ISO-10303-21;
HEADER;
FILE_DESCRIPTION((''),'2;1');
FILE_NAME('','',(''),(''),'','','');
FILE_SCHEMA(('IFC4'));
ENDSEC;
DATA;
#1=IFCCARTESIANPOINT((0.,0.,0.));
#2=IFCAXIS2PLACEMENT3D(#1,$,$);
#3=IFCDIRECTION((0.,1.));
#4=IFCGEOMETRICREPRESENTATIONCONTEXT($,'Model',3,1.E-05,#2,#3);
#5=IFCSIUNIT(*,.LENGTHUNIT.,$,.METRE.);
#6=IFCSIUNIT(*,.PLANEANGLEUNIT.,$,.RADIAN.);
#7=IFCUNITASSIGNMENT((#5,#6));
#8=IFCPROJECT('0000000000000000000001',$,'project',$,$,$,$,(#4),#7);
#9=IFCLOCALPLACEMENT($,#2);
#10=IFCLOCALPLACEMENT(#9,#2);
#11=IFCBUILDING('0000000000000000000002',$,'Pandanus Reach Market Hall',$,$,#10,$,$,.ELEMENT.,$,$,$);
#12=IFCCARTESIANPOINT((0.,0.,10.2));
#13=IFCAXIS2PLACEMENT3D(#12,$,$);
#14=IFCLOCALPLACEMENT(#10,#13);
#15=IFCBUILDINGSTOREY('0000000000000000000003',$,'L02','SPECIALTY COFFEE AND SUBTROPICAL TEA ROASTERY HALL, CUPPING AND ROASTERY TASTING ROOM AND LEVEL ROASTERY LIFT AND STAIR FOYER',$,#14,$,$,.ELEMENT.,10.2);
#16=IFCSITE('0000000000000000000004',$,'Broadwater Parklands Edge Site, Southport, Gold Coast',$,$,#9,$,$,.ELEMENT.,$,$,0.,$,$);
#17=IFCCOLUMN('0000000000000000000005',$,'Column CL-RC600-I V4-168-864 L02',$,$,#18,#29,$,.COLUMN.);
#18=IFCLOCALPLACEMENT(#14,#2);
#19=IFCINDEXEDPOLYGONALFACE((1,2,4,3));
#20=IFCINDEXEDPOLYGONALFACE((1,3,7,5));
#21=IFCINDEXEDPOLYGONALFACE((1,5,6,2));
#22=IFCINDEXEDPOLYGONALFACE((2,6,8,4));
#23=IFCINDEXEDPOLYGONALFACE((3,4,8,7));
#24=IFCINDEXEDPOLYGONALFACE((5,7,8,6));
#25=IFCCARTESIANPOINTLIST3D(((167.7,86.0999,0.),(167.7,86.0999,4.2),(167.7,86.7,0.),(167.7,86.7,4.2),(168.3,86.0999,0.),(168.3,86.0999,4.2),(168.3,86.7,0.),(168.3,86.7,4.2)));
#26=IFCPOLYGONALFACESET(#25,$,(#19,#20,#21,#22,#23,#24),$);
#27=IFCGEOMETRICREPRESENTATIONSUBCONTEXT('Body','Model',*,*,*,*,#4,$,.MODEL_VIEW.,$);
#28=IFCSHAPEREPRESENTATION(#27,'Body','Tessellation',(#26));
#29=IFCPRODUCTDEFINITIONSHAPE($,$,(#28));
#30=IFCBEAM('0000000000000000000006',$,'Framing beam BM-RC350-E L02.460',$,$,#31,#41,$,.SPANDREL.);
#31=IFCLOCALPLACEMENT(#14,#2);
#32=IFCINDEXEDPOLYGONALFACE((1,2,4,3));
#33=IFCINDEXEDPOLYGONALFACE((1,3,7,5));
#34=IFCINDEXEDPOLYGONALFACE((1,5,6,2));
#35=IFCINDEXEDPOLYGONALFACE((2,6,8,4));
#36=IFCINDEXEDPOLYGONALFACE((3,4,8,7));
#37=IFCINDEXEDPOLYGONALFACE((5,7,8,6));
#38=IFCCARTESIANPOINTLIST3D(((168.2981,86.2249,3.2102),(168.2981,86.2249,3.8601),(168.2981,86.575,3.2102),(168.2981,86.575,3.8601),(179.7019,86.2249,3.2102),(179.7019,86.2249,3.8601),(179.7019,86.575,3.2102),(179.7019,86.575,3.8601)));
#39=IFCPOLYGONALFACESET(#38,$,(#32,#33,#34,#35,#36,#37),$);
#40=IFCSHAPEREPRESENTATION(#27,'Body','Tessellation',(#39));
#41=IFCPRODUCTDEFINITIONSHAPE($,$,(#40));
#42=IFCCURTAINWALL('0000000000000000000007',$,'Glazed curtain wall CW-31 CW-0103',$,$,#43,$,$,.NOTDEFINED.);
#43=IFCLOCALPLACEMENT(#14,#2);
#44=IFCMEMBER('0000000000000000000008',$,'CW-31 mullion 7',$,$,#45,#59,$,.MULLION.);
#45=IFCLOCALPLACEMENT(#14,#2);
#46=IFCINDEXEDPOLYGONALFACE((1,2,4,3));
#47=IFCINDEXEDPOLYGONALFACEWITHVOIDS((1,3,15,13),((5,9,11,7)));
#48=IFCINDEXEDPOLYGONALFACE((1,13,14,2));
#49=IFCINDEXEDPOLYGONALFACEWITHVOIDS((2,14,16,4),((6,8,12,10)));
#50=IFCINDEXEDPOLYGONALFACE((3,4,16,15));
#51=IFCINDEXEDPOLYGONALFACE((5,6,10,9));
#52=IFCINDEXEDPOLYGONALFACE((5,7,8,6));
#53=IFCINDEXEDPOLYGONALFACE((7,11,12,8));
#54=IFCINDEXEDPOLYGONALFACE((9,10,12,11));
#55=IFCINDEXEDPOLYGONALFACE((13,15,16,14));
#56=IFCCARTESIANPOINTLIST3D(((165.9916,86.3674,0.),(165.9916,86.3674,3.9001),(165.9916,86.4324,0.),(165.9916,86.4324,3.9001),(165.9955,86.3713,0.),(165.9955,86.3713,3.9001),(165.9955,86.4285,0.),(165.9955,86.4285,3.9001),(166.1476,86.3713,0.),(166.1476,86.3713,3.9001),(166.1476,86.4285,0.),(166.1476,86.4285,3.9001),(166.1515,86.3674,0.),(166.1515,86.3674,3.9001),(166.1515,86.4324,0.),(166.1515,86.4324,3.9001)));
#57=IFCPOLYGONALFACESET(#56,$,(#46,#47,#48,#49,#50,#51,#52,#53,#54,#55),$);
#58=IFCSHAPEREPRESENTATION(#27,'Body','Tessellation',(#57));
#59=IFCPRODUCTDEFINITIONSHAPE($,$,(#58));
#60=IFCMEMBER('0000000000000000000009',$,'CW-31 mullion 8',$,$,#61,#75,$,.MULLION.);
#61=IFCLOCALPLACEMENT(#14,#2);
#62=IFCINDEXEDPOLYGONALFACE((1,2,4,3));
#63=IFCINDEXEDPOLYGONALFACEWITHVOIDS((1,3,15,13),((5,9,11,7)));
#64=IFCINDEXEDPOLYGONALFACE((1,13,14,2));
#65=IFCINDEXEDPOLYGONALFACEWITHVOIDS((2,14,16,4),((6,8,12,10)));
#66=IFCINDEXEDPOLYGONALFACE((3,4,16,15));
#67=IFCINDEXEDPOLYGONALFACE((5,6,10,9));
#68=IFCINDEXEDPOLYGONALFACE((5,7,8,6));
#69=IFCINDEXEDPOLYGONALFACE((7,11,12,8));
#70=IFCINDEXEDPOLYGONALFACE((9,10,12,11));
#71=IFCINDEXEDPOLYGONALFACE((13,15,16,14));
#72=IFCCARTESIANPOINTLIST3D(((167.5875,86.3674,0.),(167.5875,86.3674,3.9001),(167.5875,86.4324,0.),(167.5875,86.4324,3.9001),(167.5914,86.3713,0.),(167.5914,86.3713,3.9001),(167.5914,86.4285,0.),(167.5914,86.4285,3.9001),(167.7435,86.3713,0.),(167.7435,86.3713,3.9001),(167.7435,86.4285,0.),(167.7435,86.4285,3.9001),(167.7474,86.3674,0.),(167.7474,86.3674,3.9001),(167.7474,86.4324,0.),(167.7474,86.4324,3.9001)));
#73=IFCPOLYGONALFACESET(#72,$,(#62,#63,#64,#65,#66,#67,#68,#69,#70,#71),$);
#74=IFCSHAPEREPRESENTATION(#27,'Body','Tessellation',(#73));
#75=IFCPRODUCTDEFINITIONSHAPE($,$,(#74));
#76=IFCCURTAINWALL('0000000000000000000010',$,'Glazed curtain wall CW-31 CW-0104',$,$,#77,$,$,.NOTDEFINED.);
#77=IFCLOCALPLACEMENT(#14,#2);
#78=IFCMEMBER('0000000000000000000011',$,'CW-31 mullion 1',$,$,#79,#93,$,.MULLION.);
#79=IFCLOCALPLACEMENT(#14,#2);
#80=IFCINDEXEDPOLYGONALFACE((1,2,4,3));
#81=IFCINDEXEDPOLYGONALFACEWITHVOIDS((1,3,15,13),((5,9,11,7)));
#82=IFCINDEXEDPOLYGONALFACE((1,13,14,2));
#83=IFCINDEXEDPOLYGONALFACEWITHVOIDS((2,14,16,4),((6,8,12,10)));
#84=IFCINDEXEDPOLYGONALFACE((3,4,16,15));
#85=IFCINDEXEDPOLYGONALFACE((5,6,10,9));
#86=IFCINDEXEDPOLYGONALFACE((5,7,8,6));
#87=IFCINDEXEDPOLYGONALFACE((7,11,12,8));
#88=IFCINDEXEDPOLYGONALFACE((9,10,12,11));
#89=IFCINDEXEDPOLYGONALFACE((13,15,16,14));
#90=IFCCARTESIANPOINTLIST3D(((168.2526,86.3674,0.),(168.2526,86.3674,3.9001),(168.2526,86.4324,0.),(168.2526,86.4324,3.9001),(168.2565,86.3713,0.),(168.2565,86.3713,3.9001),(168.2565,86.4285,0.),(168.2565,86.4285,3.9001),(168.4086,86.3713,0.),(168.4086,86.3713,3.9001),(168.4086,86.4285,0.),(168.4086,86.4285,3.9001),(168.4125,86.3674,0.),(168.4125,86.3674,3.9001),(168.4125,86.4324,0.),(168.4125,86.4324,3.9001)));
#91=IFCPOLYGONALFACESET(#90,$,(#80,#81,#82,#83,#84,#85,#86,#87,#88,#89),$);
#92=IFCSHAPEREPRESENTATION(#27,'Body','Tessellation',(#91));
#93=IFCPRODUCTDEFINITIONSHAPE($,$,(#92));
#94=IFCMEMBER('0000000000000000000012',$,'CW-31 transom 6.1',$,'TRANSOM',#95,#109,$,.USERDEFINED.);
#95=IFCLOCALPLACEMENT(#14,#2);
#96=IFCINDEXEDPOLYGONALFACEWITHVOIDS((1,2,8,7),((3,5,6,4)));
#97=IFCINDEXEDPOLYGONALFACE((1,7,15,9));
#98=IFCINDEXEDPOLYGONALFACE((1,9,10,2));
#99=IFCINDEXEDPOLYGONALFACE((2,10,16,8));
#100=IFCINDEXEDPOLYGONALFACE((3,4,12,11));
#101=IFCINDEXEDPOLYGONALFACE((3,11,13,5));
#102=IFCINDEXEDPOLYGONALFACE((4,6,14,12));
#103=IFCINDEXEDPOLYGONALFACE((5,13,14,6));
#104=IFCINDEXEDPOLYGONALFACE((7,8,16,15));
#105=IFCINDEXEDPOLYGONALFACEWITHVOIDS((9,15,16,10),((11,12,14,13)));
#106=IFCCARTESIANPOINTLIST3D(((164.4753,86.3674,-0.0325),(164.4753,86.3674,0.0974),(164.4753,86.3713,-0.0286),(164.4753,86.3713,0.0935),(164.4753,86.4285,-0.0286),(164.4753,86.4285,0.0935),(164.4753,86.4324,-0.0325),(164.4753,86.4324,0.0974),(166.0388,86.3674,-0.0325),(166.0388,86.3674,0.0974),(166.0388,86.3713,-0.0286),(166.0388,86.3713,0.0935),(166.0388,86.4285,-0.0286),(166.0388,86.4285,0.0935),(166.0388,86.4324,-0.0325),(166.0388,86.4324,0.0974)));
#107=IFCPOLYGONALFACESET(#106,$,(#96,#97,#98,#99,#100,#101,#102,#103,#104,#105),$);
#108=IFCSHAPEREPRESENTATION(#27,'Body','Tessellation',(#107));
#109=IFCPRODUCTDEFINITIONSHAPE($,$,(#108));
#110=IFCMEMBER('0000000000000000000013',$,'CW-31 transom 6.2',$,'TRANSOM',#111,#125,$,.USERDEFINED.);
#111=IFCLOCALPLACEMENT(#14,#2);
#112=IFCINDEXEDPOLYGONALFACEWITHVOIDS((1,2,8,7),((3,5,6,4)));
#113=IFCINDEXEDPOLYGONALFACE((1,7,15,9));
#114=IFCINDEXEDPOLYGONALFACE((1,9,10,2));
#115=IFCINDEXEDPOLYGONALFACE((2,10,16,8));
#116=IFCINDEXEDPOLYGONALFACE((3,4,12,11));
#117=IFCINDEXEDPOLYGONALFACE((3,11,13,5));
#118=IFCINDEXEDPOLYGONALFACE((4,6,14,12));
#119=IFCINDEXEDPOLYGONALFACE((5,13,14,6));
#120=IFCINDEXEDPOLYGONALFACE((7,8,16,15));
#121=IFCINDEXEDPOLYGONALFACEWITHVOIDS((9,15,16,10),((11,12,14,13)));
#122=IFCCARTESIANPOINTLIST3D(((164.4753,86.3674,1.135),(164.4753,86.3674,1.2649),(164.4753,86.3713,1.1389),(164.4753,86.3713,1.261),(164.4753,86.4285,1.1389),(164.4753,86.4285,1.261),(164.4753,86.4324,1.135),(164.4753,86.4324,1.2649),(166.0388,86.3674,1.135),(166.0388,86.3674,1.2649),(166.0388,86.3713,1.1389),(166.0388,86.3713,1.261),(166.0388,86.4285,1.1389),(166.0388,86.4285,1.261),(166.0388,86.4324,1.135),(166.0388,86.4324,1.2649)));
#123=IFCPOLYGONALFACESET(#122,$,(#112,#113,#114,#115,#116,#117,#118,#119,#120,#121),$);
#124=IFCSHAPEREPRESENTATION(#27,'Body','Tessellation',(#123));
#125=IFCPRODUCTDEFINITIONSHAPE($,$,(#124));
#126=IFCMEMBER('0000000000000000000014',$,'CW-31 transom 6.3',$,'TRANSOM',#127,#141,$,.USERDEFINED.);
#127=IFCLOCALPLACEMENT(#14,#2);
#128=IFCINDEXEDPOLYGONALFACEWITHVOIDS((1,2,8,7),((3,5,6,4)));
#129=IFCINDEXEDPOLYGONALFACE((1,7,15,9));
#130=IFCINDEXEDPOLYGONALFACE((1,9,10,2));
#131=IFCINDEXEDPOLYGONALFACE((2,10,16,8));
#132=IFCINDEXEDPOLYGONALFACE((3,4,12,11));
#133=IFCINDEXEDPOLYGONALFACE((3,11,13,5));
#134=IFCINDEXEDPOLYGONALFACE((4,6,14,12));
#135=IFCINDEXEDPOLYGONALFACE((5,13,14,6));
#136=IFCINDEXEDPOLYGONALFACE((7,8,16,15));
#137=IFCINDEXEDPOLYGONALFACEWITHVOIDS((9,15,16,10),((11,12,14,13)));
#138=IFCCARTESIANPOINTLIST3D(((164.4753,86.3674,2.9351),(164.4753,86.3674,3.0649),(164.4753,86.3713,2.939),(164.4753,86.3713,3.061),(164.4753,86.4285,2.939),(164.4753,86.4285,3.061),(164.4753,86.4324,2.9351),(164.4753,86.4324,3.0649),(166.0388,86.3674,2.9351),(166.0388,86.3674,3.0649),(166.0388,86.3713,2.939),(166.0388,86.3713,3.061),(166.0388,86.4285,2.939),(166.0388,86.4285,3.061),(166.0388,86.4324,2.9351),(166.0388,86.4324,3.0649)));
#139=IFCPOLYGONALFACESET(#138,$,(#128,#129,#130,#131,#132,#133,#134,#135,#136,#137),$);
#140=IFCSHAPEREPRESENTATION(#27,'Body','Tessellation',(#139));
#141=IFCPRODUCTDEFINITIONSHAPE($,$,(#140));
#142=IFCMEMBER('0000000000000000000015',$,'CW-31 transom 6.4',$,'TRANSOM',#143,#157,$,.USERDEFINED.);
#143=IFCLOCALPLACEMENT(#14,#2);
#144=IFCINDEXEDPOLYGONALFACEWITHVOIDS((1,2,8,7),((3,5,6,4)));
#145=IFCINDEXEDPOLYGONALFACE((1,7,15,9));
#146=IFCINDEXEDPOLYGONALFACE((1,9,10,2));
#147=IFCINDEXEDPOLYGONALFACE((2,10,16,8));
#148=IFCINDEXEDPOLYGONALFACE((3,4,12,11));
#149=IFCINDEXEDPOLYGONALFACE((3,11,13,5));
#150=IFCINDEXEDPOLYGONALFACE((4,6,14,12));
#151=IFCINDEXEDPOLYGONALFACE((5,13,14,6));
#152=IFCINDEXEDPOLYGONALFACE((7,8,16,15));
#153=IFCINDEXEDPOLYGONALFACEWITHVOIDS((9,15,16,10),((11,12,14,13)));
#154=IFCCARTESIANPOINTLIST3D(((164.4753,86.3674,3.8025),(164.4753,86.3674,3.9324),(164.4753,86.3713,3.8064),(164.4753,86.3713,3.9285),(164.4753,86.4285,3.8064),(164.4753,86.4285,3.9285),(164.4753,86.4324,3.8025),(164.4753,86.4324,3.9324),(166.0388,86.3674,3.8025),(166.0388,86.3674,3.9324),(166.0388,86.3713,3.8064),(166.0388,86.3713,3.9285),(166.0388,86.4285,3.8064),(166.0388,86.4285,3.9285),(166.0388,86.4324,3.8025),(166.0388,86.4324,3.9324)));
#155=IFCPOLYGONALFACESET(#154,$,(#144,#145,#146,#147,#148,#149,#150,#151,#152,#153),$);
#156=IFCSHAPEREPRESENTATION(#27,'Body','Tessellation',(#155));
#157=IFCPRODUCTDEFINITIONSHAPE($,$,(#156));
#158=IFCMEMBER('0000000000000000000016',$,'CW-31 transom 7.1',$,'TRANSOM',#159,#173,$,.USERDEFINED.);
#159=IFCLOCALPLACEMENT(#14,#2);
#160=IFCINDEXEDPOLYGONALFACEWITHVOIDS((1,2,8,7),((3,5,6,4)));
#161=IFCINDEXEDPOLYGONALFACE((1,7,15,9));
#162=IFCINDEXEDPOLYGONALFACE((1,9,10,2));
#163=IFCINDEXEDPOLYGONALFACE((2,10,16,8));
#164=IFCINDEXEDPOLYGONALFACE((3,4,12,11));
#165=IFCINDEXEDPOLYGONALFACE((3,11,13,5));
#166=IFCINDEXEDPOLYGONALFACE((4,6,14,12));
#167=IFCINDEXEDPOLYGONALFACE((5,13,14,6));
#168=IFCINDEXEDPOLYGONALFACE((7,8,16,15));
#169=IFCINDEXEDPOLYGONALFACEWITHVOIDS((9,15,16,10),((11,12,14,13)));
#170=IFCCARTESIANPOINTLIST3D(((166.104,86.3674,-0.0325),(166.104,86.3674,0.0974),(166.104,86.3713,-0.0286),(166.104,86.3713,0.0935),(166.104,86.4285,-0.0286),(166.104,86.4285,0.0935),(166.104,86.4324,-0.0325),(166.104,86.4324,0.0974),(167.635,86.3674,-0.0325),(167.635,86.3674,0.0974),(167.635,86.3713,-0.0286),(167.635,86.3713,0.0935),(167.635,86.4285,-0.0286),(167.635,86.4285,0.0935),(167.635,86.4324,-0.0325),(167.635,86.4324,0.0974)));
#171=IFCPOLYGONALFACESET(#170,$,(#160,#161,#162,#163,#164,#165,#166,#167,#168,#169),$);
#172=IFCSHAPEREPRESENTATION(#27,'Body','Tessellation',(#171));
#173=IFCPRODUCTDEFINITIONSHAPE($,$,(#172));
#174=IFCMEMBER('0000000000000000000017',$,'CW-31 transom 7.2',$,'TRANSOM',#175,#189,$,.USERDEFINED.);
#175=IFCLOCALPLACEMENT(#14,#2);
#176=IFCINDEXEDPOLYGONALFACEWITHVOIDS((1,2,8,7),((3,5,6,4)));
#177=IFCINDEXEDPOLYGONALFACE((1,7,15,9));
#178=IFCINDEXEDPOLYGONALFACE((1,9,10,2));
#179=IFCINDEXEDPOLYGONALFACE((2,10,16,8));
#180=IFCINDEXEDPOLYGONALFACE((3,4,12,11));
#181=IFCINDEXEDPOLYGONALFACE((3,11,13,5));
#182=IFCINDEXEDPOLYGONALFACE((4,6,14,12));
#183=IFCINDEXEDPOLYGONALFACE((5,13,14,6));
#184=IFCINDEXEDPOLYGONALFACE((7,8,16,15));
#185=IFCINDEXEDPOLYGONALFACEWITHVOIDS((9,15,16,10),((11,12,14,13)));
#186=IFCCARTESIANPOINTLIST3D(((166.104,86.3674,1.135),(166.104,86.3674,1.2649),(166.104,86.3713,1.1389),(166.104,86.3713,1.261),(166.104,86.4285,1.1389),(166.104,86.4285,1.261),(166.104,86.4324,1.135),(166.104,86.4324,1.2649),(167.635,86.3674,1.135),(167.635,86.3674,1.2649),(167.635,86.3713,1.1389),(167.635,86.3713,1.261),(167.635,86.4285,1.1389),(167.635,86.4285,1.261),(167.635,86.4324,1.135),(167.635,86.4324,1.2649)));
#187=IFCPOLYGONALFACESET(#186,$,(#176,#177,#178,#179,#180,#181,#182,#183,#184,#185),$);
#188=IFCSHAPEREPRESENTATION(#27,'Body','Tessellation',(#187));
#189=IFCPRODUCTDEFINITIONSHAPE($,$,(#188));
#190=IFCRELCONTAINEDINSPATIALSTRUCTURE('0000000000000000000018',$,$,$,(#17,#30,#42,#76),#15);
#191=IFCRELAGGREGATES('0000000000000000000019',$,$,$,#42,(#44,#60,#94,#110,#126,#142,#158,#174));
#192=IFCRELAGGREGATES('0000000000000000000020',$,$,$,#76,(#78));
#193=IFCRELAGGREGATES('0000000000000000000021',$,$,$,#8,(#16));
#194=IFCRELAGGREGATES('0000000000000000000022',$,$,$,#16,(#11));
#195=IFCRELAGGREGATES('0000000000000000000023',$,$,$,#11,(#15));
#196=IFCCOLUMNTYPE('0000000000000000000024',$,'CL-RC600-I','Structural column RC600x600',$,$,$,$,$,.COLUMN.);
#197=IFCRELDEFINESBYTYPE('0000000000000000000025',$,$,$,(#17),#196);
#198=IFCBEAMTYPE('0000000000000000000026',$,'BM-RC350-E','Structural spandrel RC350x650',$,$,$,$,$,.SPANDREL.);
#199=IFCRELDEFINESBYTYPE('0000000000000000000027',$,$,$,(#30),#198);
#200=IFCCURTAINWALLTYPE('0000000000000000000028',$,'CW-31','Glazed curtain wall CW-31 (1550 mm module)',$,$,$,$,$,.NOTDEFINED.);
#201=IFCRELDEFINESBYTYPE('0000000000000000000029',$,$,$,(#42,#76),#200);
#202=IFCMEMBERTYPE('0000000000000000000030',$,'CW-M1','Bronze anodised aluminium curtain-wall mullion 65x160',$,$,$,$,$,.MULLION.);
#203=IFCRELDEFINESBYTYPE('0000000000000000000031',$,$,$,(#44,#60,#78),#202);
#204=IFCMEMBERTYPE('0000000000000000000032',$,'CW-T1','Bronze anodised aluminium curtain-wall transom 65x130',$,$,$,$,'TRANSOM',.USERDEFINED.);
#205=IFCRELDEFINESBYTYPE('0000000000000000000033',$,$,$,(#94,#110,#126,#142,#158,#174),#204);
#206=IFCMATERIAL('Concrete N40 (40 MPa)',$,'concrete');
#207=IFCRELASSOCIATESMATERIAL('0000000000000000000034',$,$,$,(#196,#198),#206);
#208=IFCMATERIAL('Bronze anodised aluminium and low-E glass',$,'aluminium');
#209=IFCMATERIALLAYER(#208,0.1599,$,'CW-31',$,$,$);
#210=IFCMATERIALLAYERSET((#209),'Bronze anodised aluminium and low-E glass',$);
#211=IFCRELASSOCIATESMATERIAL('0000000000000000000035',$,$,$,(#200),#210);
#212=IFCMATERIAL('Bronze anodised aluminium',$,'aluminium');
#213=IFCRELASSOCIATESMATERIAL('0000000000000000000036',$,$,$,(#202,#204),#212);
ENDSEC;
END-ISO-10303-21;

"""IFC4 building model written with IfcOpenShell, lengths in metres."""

from ifc_helpers import new_model, si_unit, direction, frame, origin, origin_2d, place, context, subcontext, project, spatial, rectangle, hollow_rectangle, extrude, material, layer, layer_set, material_profile, profile_set, type_object, element, aggregate, save


model = new_model("IFC4")

# Units and contexts
model_context = context("Model", 3, precision=1e-05, world=origin(), true_north=direction((0.0, 1.0)))
body_context = subcontext(model_context, "Body", "Model", "MODEL_VIEW")
ifc_project = project(units=[si_unit("LENGTHUNIT", "METRE"), si_unit("PLANEANGLEUNIT", "RADIAN")], contexts=[model_context])

# Site, building, storey
site_placement = place(None, origin())
site = spatial("IfcSite", under=ifc_project, at=site_placement, Name="Broadwater Parklands Edge Site, Southport, Gold Coast", CompositionType="ELEMENT", RefElevation=0.0)
building_placement = place(site_placement, origin())
building = spatial("IfcBuilding", under=site, at=building_placement, Name="Pandanus Reach Market Hall", CompositionType="ELEMENT")
storey_placement = place(building_placement, frame((0.0, 0.0, 10.2)))
storey = spatial("IfcBuildingStorey", under=building, at=storey_placement, Name="L02", Description="SPECIALTY COFFEE AND SUBTROPICAL TEA ROASTERY HALL, CUPPING AND ROASTERY TASTING ROOM AND LEVEL ROASTERY LIFT AND STAIR FOYER", CompositionType="ELEMENT", Elevation=10.2)

# Column
ifc_material_1 = material(Name="Concrete N40 (40 MPa)", Category="concrete")
ifc_material_profile_1 = material_profile(ifc_material_1, rectangle(XDim=0.6001, YDim=0.6001, at=origin_2d()), Name="RC600x600", Category="LoadBearing")
ifc_profile_set_1 = profile_set([ifc_material_profile_1], Name="Concrete N40 (40 MPa)")
column_type = type_object("IfcColumnType", Name="CL-RC600-I", Description="Structural column RC600x600", PredefinedType="COLUMN", material=ifc_profile_set_1)
column_placement = place(storey_placement, frame((168.0, 86.3999, 0.0), z_axis=(0.0, 0.0, 1.0), x_axis=(1.0, 0.0, 0.0)))
element("IfcColumn", 1, at=column_placement, inside=storey, type_object=column_type, Name="Column CL-RC600-I V4-168-864 L02", PredefinedType="COLUMN", context=body_context, shape_type="SweptSolid", body=[
    extrude(rectangle(XDim=0.6001, YDim=0.6001, at=origin_2d()), origin(), (0.0, 0.0, 1.0), 4.2),
])

# Beam
ifc_material_profile_2 = material_profile(ifc_material_1, rectangle(XDim=0.3501, YDim=0.6499, at=origin_2d()), Name="RC350x650", Category="LoadBearing")
ifc_profile_set_2 = profile_set([ifc_material_profile_2], Name="Concrete N40 (40 MPa)")
beam_type = type_object("IfcBeamType", Name="BM-RC350-E", Description="Structural spandrel RC350x650", PredefinedType="SPANDREL", material=ifc_profile_set_2)
beam_placement = place(storey_placement, frame((168.2981, 86.3999, 3.5352), z_axis=(1.0, 0.0, 0.0), x_axis=(0.0, 1.0, 0.0)))
element("IfcBeam", 2, at=beam_placement, inside=storey, type_object=beam_type, Name="Framing beam BM-RC350-E L02.460", PredefinedType="SPANDREL", context=body_context, shape_type="SweptSolid", body=[
    extrude(rectangle(XDim=0.3501, YDim=0.6499, at=origin_2d()), origin(), (0.0, 0.0, 1.0), 11.4038),
])

# Curtain wall, members
ifc_material_2 = material(Name="Bronze anodised aluminium and low-E glass", Category="aluminium")
ifc_layer_1 = layer(ifc_material_2, 0.1599, Name="CW-31")
ifc_layer_set_1 = layer_set([ifc_layer_1], Name="Bronze anodised aluminium and low-E glass")
curtain_wall_type = type_object("IfcCurtainWallType", Name="CW-31", Description="Glazed curtain wall CW-31 (1550 mm module)", PredefinedType="NOTDEFINED", material=ifc_layer_set_1)
curtain_wall_1_placement = place(storey_placement, origin())
curtain_wall_1 = element("IfcCurtainWall", 3, at=curtain_wall_1_placement, inside=storey, type_object=curtain_wall_type, Name="Glazed curtain wall CW-31 CW-0103", PredefinedType="NOTDEFINED")
ifc_material_3 = material(Name="Bronze anodised aluminium", Category="aluminium")
ifc_material_profile_3 = material_profile(ifc_material_3, hollow_rectangle(XDim=0.0649, YDim=0.1599, WallThickness=0.0039, at=origin_2d()), Name="ALU65x160", Category="LoadBearing")
ifc_profile_set_3 = profile_set([ifc_material_profile_3], Name="Bronze anodised aluminium")
member_type_1 = type_object("IfcMemberType", Name="CW-M1", Description="Bronze anodised aluminium curtain-wall mullion 65x160", PredefinedType="MULLION", material=ifc_profile_set_3)
member_1_placement = place(storey_placement, frame((166.0715, 86.3999, 0.0), z_axis=(0.0, 0.0, 1.0), x_axis=(0.0, 1.0, 0.0)))
member_1 = element("IfcMember", 4, at=member_1_placement, type_object=member_type_1, Name="CW-31 mullion 7", PredefinedType="MULLION", context=body_context, shape_type="SweptSolid", body=[
    extrude(hollow_rectangle(XDim=0.0649, YDim=0.1599, WallThickness=0.0039, at=origin_2d()), origin(), (0.0, 0.0, 1.0), 3.9001),
])
member_2_placement = place(storey_placement, frame((167.6675, 86.3999, 0.0), z_axis=(0.0, 0.0, 1.0), x_axis=(0.0, 1.0, 0.0)))
member_2 = element("IfcMember", 5, at=member_2_placement, type_object=member_type_1, Name="CW-31 mullion 8", PredefinedType="MULLION", context=body_context, shape_type="SweptSolid", body=[
    extrude(hollow_rectangle(XDim=0.0649, YDim=0.1599, WallThickness=0.0039, at=origin_2d()), origin(), (0.0, 0.0, 1.0), 3.9001),
])

# Curtain wall, member
curtain_wall_2_placement = place(storey_placement, origin())
curtain_wall_2 = element("IfcCurtainWall", 6, at=curtain_wall_2_placement, inside=storey, type_object=curtain_wall_type, Name="Glazed curtain wall CW-31 CW-0104", PredefinedType="NOTDEFINED")
member_3_placement = place(storey_placement, frame((168.3325, 86.3999, 0.0), z_axis=(0.0, 0.0, 1.0), x_axis=(0.0, 1.0, 0.0)))
member_3 = element("IfcMember", 7, at=member_3_placement, type_object=member_type_1, Name="CW-31 mullion 1", PredefinedType="MULLION", context=body_context, shape_type="SweptSolid", body=[
    extrude(hollow_rectangle(XDim=0.0649, YDim=0.1599, WallThickness=0.0039, at=origin_2d()), origin(), (0.0, 0.0, 1.0), 3.9001),
])

# Members
ifc_material_profile_4 = material_profile(ifc_material_3, hollow_rectangle(XDim=0.0649, YDim=0.1299, WallThickness=0.0039, at=origin_2d()), Name="ALU65x130", Category="LoadBearing")
ifc_profile_set_4 = profile_set([ifc_material_profile_4], Name="Bronze anodised aluminium")
member_type_2 = type_object("IfcMemberType", Name="CW-T1", Description="Bronze anodised aluminium curtain-wall transom 65x130", ElementType="TRANSOM", PredefinedType="USERDEFINED", material=ifc_profile_set_4)
member_4_placement = place(storey_placement, frame((164.4753, 86.3999, 0.0325), z_axis=(1.0, 0.0, 0.0), x_axis=(0.0, 1.0, 0.0)))
member_4 = element("IfcMember", 8, at=member_4_placement, type_object=member_type_2, Name="CW-31 transom 6.1", ObjectType="TRANSOM", PredefinedType="USERDEFINED", context=body_context, shape_type="SweptSolid", body=[
    extrude(hollow_rectangle(XDim=0.0649, YDim=0.1299, WallThickness=0.0039, at=origin_2d()), origin(), (0.0, 0.0, 1.0), 1.5635),
])
member_5_placement = place(storey_placement, frame((164.4753, 86.3999, 1.2), z_axis=(1.0, 0.0, 0.0), x_axis=(0.0, 1.0, 0.0)))
member_5 = element("IfcMember", 9, at=member_5_placement, type_object=member_type_2, Name="CW-31 transom 6.2", ObjectType="TRANSOM", PredefinedType="USERDEFINED", context=body_context, shape_type="SweptSolid", body=[
    extrude(hollow_rectangle(XDim=0.0649, YDim=0.1299, WallThickness=0.0039, at=origin_2d()), origin(), (0.0, 0.0, 1.0), 1.5635),
])
member_6_placement = place(storey_placement, frame((164.4753, 86.3999, 3.0), z_axis=(1.0, 0.0, 0.0), x_axis=(0.0, 1.0, 0.0)))
member_6 = element("IfcMember", 10, at=member_6_placement, type_object=member_type_2, Name="CW-31 transom 6.3", ObjectType="TRANSOM", PredefinedType="USERDEFINED", context=body_context, shape_type="SweptSolid", body=[
    extrude(hollow_rectangle(XDim=0.0649, YDim=0.1299, WallThickness=0.0039, at=origin_2d()), origin(), (0.0, 0.0, 1.0), 1.5635),
])
member_7_placement = place(storey_placement, frame((164.4753, 86.3999, 3.8674), z_axis=(1.0, 0.0, 0.0), x_axis=(0.0, 1.0, 0.0)))
member_7 = element("IfcMember", 11, at=member_7_placement, type_object=member_type_2, Name="CW-31 transom 6.4", ObjectType="TRANSOM", PredefinedType="USERDEFINED", context=body_context, shape_type="SweptSolid", body=[
    extrude(hollow_rectangle(XDim=0.0649, YDim=0.1299, WallThickness=0.0039, at=origin_2d()), origin(), (0.0, 0.0, 1.0), 1.5635),
])
member_8_placement = place(storey_placement, frame((166.104, 86.3999, 0.0325), z_axis=(1.0, 0.0, 0.0), x_axis=(0.0, 1.0, 0.0)))
member_8 = element("IfcMember", 12, at=member_8_placement, type_object=member_type_2, Name="CW-31 transom 7.1", ObjectType="TRANSOM", PredefinedType="USERDEFINED", context=body_context, shape_type="SweptSolid", body=[
    extrude(hollow_rectangle(XDim=0.0649, YDim=0.1299, WallThickness=0.0039, at=origin_2d()), origin(), (0.0, 0.0, 1.0), 1.531),
])
member_9_placement = place(storey_placement, frame((166.104, 86.3999, 1.2), z_axis=(1.0, 0.0, 0.0), x_axis=(0.0, 1.0, 0.0)))
member_9 = element("IfcMember", 13, at=member_9_placement, type_object=member_type_2, Name="CW-31 transom 7.2", ObjectType="TRANSOM", PredefinedType="USERDEFINED", context=body_context, shape_type="SweptSolid", body=[
    extrude(hollow_rectangle(XDim=0.0649, YDim=0.1299, WallThickness=0.0039, at=origin_2d()), origin(), (0.0, 0.0, 1.0), 1.531),
])

aggregate(curtain_wall_1, [member_1, member_2, member_4, member_5, member_6, member_7, member_8, member_9])
aggregate(curtain_wall_2, [member_3])

save(model, "model.ifc")
